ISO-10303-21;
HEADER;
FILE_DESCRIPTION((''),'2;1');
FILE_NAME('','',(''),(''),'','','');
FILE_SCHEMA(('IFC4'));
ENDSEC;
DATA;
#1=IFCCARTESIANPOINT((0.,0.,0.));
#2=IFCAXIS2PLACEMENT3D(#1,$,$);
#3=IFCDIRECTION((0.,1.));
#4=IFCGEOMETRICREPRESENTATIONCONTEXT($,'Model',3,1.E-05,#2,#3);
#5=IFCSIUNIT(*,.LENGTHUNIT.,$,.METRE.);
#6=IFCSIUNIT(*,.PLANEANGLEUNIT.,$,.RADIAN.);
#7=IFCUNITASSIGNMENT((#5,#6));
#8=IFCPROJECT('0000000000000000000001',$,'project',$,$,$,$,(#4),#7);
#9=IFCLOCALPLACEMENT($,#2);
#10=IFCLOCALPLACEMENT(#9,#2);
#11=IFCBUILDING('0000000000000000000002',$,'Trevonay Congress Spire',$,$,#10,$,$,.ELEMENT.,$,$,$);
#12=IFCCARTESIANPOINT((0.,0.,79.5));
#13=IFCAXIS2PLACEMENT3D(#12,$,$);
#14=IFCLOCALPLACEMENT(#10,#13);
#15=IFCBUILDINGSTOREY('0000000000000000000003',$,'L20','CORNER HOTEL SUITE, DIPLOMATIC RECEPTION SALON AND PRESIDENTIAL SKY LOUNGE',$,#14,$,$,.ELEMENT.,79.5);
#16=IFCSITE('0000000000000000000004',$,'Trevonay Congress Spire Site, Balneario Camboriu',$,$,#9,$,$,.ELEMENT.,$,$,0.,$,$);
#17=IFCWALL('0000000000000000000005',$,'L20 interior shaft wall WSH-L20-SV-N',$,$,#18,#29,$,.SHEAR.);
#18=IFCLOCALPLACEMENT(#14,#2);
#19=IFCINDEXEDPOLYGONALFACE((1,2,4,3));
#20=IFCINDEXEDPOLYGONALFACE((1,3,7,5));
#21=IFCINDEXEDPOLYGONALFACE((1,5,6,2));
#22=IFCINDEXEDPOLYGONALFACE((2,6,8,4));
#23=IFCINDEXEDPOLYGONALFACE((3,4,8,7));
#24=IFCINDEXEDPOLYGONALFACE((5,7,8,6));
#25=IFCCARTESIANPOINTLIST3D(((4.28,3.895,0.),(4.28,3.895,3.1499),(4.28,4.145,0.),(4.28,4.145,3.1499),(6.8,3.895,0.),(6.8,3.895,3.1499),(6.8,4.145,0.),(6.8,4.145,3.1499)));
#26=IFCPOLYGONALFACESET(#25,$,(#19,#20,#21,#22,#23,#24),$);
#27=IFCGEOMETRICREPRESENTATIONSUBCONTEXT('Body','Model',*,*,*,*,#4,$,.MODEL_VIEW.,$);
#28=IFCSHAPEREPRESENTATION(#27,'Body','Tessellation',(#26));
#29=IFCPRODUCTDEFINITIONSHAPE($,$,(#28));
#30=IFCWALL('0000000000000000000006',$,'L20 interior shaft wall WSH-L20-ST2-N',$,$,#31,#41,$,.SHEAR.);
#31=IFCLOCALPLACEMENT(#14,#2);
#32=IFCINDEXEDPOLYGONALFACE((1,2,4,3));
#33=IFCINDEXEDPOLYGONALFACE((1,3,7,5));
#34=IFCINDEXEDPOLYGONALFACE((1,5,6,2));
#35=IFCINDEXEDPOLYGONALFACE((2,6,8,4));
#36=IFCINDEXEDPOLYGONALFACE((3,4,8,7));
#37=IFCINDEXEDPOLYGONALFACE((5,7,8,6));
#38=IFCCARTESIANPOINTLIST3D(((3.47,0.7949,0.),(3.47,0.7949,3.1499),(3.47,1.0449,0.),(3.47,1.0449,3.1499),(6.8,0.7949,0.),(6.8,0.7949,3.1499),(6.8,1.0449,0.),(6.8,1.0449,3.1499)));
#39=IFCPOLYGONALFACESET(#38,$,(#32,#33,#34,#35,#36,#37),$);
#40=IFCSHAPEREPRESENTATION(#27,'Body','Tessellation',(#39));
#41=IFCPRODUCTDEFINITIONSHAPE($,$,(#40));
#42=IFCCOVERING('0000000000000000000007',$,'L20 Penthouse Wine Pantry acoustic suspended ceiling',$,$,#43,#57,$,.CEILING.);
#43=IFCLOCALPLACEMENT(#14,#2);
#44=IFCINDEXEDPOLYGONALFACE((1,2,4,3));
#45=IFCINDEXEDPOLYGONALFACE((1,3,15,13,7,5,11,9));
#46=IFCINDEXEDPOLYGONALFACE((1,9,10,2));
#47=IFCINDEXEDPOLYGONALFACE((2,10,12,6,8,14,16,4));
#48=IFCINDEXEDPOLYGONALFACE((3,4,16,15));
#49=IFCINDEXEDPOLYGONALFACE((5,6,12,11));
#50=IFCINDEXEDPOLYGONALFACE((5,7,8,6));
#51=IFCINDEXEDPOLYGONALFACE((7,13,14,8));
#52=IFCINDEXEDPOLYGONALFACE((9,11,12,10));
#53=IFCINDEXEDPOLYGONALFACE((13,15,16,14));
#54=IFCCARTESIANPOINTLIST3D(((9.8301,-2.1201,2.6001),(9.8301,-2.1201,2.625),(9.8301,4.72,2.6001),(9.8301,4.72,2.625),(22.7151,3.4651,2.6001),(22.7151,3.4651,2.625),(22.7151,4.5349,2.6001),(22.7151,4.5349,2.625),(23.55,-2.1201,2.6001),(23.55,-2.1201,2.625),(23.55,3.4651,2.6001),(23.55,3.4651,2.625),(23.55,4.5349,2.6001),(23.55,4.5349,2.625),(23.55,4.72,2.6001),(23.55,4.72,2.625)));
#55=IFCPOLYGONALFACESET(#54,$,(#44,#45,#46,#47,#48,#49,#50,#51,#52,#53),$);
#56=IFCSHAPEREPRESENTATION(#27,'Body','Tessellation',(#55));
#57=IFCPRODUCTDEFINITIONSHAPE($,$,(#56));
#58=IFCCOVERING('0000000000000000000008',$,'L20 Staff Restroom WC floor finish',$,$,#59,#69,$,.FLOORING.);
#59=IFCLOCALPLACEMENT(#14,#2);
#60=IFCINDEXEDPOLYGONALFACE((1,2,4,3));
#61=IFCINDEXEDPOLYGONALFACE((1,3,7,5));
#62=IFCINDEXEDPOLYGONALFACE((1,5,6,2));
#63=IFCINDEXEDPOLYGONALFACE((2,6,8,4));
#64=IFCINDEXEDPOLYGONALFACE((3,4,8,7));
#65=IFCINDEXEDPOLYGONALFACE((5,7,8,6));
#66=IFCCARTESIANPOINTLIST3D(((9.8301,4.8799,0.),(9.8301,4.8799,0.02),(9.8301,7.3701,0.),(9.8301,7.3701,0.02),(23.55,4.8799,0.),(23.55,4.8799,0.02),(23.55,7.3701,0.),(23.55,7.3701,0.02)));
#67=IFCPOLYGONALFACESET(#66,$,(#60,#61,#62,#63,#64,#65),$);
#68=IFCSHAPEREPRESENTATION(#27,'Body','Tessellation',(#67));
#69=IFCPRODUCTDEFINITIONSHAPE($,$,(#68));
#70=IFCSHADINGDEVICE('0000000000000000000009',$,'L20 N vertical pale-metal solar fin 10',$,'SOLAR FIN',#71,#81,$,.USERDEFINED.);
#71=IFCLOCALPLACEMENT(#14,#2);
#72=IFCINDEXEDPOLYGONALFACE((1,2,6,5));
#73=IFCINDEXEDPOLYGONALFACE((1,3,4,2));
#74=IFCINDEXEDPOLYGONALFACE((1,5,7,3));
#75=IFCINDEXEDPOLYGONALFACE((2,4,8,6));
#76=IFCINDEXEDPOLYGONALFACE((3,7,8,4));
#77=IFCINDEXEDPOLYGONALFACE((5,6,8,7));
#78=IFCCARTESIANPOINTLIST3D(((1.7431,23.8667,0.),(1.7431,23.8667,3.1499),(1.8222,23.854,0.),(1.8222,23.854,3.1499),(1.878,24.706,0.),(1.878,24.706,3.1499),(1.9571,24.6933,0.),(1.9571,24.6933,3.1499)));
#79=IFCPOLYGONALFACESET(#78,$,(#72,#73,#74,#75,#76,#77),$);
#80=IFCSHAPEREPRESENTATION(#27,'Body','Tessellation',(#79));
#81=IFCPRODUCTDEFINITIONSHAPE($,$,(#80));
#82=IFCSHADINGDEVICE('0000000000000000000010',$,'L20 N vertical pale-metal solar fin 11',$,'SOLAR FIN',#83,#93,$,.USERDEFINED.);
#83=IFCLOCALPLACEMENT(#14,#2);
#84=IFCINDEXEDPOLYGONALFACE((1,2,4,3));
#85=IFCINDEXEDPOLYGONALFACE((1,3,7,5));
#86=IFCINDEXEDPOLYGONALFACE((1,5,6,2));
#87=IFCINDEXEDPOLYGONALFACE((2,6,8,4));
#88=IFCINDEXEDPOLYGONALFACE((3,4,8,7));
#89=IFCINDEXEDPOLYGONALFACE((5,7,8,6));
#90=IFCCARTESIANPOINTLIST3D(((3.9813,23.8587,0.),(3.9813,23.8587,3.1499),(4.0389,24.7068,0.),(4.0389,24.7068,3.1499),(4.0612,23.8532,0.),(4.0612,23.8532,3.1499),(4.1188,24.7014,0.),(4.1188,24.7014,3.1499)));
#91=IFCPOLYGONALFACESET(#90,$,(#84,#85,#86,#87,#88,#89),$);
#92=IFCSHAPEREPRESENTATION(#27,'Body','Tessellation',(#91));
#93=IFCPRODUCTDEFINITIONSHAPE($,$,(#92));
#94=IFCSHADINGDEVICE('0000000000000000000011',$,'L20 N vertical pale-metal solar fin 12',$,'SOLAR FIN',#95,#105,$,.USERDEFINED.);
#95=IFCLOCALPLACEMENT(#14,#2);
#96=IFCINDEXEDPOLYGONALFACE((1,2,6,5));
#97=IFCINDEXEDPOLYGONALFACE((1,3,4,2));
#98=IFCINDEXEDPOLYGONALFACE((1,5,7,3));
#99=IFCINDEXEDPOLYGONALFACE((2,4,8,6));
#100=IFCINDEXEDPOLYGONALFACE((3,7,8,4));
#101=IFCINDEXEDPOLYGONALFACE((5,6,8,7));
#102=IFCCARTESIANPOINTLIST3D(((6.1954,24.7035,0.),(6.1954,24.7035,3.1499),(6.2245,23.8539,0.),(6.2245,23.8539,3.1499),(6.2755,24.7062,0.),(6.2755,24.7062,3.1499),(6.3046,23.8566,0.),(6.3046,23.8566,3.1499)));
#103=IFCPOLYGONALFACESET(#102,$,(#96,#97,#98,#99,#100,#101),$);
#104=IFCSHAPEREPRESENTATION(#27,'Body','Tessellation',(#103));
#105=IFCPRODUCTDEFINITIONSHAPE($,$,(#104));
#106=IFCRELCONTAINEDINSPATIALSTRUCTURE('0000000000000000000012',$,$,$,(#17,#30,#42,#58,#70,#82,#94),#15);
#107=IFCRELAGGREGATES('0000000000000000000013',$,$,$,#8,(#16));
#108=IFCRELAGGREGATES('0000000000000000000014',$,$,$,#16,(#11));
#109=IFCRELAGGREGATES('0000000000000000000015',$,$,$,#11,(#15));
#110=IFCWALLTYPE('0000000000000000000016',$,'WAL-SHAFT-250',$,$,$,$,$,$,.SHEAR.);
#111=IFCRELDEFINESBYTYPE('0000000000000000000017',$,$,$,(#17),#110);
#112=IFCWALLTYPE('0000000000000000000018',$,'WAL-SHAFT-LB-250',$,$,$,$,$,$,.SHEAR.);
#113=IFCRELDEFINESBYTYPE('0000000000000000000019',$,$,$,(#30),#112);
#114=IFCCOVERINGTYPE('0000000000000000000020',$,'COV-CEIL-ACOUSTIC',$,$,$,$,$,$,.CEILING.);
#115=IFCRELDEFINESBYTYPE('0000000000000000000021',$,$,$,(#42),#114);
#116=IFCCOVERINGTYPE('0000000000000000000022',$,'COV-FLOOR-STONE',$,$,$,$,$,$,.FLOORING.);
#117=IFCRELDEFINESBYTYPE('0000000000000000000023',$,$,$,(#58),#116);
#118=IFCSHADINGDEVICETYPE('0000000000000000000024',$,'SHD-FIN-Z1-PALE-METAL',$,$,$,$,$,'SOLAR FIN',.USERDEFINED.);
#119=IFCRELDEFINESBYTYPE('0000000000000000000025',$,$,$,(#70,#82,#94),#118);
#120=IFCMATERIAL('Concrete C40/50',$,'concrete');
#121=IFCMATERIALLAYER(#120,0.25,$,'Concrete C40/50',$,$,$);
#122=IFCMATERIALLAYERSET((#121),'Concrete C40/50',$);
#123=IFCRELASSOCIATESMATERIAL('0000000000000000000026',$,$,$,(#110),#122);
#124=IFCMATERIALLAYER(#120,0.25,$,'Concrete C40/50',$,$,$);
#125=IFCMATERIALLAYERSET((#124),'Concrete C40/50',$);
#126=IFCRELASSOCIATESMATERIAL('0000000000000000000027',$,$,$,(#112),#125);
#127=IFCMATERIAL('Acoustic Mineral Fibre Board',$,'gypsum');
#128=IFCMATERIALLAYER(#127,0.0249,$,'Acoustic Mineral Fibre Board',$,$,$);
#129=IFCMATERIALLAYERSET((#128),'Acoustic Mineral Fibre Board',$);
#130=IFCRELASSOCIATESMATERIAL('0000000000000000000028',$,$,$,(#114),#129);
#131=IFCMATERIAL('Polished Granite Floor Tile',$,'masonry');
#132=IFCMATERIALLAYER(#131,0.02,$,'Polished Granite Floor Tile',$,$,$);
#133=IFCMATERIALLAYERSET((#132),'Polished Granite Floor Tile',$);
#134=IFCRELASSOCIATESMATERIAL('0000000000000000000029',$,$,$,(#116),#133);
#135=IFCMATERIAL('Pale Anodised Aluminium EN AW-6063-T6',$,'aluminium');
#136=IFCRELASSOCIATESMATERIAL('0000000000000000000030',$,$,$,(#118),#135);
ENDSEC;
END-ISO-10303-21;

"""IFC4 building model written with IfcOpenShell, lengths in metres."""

from ifc_helpers import new_model, si_unit, direction, frame, frame_2d, origin, origin_2d, place, context, subcontext, project, spatial, polyline, rectangle, outline, extrude, material, layer, layer_set, type_object, element, save


model = new_model("IFC4")

# Units and contexts
model_context = context("Model", 3, precision=1e-05, world=origin(), true_north=direction((0.0, 1.0)))
body_context = subcontext(model_context, "Body", "Model", "MODEL_VIEW")
ifc_project = project(units=[si_unit("LENGTHUNIT", "METRE"), si_unit("PLANEANGLEUNIT", "RADIAN")], contexts=[model_context])

# Site, building, storey
site_placement = place(None, origin())
site = spatial("IfcSite", under=ifc_project, at=site_placement, Name="Trevonay Congress Spire Site, Balneario Camboriu", CompositionType="ELEMENT", RefElevation=0.0)
building_placement = place(site_placement, origin())
building = spatial("IfcBuilding", under=site, at=building_placement, Name="Trevonay Congress Spire", CompositionType="ELEMENT")
storey_placement = place(building_placement, frame((0.0, 0.0, 79.5)))
storey = spatial("IfcBuildingStorey", under=building, at=storey_placement, Name="L20", Description="CORNER HOTEL SUITE, DIPLOMATIC RECEPTION SALON AND PRESIDENTIAL SKY LOUNGE", CompositionType="ELEMENT", Elevation=79.5)

# Shared definitions
ifc_material_1 = material(Name="Pale Anodised Aluminium EN AW-6063-T6", Category="aluminium")

# Shared definitions
ifc_material_2 = material(Name="Concrete C40/50", Category="concrete")

# Shared definitions
ifc_layer_1 = layer(ifc_material_2, 0.25, Name="Concrete C40/50")
ifc_layer_set_1 = layer_set([ifc_layer_1], Name="Concrete C40/50")
wall_type_1 = type_object("IfcWallType", Name="WAL-SHAFT-250", PredefinedType="SHEAR", material=ifc_layer_set_1)

# Walls
for number, where, z_axis, x_axis, name in (
    (1, (4.28, 4.02, 0.0), (0.0, 0.0, 1.0), (1.0, 0.0, 0.0), "L20 interior shaft wall WSH-L20-SV-N"),
):
    element("IfcWall", number, at=place(storey_placement, frame(where, z_axis=z_axis, x_axis=x_axis)), inside=storey, type_object=wall_type_1, Name=name, PredefinedType="SHEAR", context=body_context, shape_type="SweptSolid", body=[
        extrude(rectangle(XDim=2.52, YDim=0.25, at=frame_2d((1.26, 0.0))), origin(), (0.0, 0.0, 1.0), 3.1499),
    ])
ifc_layer_2 = layer(ifc_material_2, 0.25, Name="Concrete C40/50")
ifc_layer_set_2 = layer_set([ifc_layer_2], Name="Concrete C40/50")
wall_type_2 = type_object("IfcWallType", Name="WAL-SHAFT-LB-250", PredefinedType="SHEAR", material=ifc_layer_set_2)
wall_1_placement = place(storey_placement, frame((3.47, 0.9199, 0.0), z_axis=(0.0, 0.0, 1.0), x_axis=(1.0, 0.0, 0.0)))
element("IfcWall", 2, at=wall_1_placement, inside=storey, type_object=wall_type_2, Name="L20 interior shaft wall WSH-L20-ST2-N", PredefinedType="SHEAR", context=body_context, shape_type="SweptSolid", body=[
    extrude(rectangle(XDim=3.3301, YDim=0.25, at=frame_2d((1.665, 0.0))), origin(), (0.0, 0.0, 1.0), 3.1499),
])

# Coverings
ifc_material_3 = material(Name="Acoustic Mineral Fibre Board", Category="gypsum")
ifc_layer_3 = layer(ifc_material_3, 0.0249, Name="Acoustic Mineral Fibre Board")
ifc_layer_set_3 = layer_set([ifc_layer_3], Name="Acoustic Mineral Fibre Board")
covering_type_1 = type_object("IfcCoveringType", Name="COV-CEIL-ACOUSTIC", PredefinedType="CEILING", material=ifc_layer_set_3)
covering_1_placement = place(storey_placement, frame((0.0, 0.0, 2.6001)))
element("IfcCovering", 3, at=covering_1_placement, inside=storey, type_object=covering_type_1, Name="L20 Penthouse Wine Pantry acoustic suspended ceiling", PredefinedType="CEILING", context=body_context, shape_type="SweptSolid", body=[
    extrude(outline(polyline([(23.55, -2.1201), (9.8301, -2.1201), (9.8301, 4.72), (23.55, 4.72), (23.55, 4.5349), (22.7151, 4.5349), (22.7151, 3.4651), (23.55, 3.4651), (23.55, -2.1201)])), origin(), (0.0, 0.0, 1.0), 0.0249),
])
ifc_material_4 = material(Name="Polished Granite Floor Tile", Category="masonry")
ifc_layer_4 = layer(ifc_material_4, 0.02, Name="Polished Granite Floor Tile")
ifc_layer_set_4 = layer_set([ifc_layer_4], Name="Polished Granite Floor Tile")
covering_type_2 = type_object("IfcCoveringType", Name="COV-FLOOR-STONE", PredefinedType="FLOORING", material=ifc_layer_set_4)
covering_2_placement = place(storey_placement, origin())
element("IfcCovering", 4, at=covering_2_placement, inside=storey, type_object=covering_type_2, Name="L20 Staff Restroom WC floor finish", PredefinedType="FLOORING", context=body_context, shape_type="SweptSolid", body=[
    extrude(outline(polyline([(9.8301, 4.8799), (23.55, 4.8799), (23.55, 7.3701), (9.8301, 7.3701), (9.8301, 4.8799)])), origin(), (0.0, 0.0, 1.0), 0.02),
])

# Shading devices
shading_device_type = type_object("IfcShadingDeviceType", Name="SHD-FIN-Z1-PALE-METAL", ElementType="SOLAR FIN", PredefinedType="USERDEFINED", material=ifc_material_1)
for number, where, z_axis, x_axis, name in (
    (5, (1.8501, 24.28, 0.0), (0.0, 0.0, 1.0), (0.987331, -0.158675, 0.0), "L20 N vertical pale-metal solar fin 10"),
    (6, (4.05, 24.28, 0.0), (0.0, 0.0, 1.0), (0.997708, -0.067667, 0.0), "L20 N vertical pale-metal solar fin 11"),
    (7, (6.25, 24.28, 0.0), (0.0, 0.0, 1.0), (0.999415, 0.034202, 0.0), "L20 N vertical pale-metal solar fin 12"),
):
    element("IfcShadingDevice", number, at=place(storey_placement, frame(where, z_axis=z_axis, x_axis=x_axis)), inside=storey, type_object=shading_device_type, Name=name, ObjectType="SOLAR FIN", PredefinedType="USERDEFINED", context=body_context, shape_type="SweptSolid", body=[
        extrude(rectangle(XDim=0.0801, YDim=0.8501, at=origin_2d()), origin(), (0.0, 0.0, 1.0), 3.1499),
    ])

save(model, "model.ifc")
